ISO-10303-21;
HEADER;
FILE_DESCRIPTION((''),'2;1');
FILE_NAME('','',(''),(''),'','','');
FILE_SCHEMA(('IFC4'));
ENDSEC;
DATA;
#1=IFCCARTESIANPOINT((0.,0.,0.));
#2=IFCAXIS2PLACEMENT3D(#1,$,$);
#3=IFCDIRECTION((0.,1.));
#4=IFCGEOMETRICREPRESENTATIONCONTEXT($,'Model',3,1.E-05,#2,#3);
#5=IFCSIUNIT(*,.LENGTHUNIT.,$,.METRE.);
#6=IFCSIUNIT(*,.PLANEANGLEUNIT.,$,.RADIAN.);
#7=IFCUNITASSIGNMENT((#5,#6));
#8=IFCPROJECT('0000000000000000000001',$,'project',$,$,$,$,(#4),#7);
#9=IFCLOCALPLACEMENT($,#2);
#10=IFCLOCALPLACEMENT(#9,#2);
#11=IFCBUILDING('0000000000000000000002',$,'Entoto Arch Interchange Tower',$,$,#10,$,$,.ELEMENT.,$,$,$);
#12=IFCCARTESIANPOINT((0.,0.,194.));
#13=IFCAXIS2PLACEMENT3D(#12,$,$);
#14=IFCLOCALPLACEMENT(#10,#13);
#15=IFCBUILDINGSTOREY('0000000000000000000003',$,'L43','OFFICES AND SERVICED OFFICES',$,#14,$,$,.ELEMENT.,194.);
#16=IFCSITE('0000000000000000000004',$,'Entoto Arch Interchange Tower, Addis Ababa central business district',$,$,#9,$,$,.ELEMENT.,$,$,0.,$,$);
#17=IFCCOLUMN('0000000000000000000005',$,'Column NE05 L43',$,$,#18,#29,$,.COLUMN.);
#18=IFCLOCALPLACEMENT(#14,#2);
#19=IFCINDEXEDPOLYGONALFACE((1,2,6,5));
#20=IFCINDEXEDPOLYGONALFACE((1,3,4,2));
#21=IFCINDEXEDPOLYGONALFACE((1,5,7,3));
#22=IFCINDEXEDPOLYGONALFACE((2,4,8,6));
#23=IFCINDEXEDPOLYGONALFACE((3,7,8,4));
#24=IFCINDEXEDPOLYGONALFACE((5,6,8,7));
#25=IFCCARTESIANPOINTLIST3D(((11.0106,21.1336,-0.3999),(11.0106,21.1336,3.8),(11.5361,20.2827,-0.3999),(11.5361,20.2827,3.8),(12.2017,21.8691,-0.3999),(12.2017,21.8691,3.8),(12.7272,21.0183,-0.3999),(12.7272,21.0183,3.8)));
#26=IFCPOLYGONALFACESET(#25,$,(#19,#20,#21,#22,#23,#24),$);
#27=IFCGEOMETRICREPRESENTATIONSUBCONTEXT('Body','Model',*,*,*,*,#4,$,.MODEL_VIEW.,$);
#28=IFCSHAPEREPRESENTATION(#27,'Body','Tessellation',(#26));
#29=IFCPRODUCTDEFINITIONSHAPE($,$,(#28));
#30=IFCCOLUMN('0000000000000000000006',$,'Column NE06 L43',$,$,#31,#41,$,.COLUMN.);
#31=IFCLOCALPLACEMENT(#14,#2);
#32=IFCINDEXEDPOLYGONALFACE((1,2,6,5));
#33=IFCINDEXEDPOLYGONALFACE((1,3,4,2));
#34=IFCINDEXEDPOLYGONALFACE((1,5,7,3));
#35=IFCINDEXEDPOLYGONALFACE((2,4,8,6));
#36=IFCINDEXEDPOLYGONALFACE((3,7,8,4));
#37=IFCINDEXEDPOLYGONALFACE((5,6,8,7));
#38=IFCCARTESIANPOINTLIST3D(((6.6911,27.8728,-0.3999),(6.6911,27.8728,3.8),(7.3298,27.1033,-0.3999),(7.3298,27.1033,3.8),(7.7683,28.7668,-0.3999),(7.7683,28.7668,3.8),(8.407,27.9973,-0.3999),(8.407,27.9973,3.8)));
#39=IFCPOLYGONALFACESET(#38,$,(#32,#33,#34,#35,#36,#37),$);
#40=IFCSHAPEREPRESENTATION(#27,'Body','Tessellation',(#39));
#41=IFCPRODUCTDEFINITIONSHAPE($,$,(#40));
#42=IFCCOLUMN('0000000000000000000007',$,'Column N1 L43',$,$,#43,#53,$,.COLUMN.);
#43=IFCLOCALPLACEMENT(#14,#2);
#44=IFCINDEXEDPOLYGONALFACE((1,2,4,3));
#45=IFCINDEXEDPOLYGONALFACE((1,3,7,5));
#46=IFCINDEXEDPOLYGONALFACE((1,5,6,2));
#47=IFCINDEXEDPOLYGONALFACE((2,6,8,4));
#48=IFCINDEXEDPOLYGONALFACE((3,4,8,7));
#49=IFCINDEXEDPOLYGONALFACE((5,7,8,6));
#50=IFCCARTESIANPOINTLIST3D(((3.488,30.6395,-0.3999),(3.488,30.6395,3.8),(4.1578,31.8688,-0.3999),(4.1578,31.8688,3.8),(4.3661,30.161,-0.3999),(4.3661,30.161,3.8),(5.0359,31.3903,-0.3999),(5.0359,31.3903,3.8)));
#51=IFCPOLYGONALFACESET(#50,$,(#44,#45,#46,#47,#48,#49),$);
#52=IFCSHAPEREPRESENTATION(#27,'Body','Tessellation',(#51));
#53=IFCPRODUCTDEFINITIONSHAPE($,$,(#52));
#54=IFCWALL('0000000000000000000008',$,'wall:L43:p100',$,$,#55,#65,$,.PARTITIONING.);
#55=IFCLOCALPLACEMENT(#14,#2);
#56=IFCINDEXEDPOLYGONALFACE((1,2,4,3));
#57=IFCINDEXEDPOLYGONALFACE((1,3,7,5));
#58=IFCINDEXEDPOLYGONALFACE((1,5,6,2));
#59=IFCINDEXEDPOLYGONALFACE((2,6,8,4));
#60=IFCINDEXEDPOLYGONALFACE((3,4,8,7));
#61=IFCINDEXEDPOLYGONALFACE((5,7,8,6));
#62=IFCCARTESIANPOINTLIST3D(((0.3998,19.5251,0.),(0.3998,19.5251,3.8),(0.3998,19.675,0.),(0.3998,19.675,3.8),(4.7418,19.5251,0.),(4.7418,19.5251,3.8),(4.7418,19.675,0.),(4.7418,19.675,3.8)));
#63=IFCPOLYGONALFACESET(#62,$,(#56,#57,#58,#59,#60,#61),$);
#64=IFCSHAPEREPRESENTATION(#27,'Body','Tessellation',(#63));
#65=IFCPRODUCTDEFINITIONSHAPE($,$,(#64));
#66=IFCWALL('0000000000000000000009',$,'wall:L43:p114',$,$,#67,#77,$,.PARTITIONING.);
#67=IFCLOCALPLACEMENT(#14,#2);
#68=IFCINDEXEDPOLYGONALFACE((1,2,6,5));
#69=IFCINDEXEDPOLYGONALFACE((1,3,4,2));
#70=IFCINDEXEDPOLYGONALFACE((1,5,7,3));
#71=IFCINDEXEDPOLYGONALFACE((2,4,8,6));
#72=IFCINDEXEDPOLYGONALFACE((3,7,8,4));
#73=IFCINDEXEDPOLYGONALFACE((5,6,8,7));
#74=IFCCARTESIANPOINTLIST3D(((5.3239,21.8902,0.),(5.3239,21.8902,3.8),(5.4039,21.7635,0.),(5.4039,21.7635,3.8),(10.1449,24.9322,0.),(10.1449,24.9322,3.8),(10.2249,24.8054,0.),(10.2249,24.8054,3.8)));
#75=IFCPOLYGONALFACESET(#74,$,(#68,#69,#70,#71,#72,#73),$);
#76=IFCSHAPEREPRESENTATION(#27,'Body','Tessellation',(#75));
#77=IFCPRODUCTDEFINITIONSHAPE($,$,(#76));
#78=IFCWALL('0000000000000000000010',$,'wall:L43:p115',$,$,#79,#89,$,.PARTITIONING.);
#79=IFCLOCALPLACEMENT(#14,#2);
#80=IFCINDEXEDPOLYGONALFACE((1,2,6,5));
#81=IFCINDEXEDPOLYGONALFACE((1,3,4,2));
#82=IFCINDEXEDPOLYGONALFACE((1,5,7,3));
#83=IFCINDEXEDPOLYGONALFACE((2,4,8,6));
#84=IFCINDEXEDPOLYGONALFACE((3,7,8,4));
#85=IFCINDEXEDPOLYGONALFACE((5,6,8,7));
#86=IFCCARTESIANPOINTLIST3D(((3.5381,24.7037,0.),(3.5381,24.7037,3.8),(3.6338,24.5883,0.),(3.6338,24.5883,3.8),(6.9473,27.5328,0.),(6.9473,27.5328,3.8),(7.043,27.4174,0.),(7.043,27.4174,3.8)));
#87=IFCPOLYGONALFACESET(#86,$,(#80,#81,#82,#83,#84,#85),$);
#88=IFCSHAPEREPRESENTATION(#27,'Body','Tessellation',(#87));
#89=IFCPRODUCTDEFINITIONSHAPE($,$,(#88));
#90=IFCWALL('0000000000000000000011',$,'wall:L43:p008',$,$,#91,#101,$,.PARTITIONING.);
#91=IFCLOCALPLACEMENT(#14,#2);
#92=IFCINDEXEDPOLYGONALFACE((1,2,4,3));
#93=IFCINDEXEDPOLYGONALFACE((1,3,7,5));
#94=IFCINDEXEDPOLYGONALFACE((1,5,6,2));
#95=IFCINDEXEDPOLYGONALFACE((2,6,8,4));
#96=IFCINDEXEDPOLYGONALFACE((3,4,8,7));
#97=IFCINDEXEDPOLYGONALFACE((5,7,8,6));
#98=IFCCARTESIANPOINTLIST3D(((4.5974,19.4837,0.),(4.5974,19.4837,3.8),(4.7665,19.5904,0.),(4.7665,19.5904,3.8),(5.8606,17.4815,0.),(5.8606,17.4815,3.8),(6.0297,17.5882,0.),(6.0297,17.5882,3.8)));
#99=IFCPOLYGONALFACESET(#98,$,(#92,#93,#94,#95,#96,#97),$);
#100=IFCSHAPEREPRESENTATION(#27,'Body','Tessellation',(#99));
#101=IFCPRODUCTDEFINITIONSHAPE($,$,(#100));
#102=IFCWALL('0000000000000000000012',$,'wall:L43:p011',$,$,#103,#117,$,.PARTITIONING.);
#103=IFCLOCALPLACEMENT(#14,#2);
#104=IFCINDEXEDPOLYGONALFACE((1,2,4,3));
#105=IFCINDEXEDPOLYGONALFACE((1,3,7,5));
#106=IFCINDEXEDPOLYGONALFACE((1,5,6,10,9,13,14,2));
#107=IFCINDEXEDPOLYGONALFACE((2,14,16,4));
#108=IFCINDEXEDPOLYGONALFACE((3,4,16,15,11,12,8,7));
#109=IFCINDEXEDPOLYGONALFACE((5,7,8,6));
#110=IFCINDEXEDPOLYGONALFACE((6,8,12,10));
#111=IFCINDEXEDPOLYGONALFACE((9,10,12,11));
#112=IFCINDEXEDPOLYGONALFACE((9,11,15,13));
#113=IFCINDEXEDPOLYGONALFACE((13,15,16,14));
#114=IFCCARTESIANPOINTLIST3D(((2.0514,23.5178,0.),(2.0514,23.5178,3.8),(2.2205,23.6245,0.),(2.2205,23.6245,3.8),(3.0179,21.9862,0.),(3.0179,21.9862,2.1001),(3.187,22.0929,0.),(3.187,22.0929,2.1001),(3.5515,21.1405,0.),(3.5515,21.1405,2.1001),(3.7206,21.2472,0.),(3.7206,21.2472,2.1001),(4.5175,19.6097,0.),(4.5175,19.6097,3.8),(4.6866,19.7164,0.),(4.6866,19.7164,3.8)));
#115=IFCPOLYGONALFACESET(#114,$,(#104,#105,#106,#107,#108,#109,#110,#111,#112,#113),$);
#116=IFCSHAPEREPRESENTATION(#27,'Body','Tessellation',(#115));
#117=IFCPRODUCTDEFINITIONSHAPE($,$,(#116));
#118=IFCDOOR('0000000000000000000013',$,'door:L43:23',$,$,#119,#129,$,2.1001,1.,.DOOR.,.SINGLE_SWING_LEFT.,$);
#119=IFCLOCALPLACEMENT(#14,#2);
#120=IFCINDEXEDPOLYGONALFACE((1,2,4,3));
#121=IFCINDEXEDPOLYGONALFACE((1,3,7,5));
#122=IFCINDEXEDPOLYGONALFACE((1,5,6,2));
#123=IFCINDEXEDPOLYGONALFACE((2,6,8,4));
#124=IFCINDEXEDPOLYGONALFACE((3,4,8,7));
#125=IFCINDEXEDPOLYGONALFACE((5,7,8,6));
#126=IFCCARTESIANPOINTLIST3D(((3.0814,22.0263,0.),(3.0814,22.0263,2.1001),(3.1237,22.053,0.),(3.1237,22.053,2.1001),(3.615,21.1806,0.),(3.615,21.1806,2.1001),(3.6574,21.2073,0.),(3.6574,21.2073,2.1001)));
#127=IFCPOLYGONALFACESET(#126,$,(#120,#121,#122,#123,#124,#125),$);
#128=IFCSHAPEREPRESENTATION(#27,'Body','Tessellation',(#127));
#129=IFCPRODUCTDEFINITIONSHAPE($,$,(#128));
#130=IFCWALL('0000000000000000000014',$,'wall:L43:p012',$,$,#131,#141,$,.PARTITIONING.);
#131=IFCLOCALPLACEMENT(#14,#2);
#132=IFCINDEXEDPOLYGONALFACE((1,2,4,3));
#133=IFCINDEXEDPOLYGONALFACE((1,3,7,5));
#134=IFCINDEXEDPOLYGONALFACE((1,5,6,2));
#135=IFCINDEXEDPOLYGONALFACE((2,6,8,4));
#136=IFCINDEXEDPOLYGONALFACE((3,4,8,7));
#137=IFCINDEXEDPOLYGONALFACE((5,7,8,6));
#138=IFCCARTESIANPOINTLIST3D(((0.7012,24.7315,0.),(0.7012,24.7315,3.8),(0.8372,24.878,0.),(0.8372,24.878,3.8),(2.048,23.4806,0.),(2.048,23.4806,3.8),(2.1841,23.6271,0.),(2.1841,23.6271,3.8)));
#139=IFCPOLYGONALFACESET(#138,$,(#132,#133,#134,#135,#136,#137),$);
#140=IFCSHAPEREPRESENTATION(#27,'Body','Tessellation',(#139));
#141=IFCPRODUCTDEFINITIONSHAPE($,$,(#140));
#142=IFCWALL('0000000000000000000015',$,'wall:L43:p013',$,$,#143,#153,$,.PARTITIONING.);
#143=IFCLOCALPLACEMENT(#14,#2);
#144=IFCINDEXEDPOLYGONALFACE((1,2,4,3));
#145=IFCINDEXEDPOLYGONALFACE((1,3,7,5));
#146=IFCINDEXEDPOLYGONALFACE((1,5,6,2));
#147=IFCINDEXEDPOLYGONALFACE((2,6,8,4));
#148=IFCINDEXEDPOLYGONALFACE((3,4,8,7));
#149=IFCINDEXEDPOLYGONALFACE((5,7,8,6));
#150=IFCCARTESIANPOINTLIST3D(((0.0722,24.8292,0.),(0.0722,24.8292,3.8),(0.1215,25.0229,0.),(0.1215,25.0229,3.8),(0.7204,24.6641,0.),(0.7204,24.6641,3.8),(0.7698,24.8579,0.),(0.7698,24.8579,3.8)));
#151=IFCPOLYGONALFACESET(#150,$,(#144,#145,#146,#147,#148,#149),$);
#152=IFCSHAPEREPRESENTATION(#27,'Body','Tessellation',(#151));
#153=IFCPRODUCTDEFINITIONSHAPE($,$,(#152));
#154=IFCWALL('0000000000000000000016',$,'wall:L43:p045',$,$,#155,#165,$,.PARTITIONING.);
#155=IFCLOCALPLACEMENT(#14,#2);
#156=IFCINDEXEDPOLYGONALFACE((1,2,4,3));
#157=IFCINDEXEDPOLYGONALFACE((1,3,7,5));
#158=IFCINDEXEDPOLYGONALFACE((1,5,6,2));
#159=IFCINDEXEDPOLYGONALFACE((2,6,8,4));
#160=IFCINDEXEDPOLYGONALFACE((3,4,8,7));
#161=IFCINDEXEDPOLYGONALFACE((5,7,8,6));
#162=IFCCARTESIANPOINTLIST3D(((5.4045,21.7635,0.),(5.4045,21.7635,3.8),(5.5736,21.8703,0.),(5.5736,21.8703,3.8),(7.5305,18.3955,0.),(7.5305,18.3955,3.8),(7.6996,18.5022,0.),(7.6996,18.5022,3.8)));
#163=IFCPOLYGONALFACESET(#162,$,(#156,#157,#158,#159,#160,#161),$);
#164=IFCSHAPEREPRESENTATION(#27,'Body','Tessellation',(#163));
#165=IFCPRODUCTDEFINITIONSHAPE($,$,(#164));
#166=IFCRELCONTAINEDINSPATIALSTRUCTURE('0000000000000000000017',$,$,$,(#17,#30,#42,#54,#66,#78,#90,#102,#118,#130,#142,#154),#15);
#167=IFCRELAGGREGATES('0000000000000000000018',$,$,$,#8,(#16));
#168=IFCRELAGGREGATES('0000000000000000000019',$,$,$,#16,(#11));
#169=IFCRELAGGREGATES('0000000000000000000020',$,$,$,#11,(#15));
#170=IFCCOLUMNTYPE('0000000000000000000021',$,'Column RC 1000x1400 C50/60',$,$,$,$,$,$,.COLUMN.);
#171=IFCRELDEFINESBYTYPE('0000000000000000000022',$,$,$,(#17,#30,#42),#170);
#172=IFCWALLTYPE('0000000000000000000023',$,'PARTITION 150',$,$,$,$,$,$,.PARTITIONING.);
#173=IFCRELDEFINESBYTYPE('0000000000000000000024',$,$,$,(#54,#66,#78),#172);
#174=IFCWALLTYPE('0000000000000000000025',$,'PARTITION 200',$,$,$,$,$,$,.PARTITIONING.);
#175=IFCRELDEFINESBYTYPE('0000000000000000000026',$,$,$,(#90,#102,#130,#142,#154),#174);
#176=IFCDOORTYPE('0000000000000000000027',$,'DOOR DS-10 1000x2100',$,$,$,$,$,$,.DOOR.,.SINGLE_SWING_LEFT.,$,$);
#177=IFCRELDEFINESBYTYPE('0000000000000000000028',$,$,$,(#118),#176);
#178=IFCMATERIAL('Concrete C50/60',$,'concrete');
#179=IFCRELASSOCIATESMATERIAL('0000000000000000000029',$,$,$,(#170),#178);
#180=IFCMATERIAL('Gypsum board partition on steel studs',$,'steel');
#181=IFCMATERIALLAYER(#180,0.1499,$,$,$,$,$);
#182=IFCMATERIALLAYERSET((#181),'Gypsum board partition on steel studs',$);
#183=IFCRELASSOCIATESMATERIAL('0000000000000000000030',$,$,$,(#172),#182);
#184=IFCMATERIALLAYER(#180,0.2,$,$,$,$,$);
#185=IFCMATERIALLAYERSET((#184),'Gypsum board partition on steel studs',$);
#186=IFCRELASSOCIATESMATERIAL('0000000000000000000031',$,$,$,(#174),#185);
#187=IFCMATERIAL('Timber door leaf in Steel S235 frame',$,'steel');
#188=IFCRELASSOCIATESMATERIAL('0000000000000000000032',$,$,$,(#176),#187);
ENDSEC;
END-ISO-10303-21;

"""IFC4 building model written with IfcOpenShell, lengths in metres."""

from ifc_helpers import new_model, si_unit, direction, frame, frame_2d, origin, origin_2d, place, context, subcontext, project, spatial, rectangle, extrude, material, layer, layer_set, material_profile, profile_set, type_object, element, fill, save


model = new_model("IFC4")

# Units and contexts
model_context = context("Model", 3, precision=1e-05, world=origin(), true_north=direction((0.0, 1.0)))
body_context = subcontext(model_context, "Body", "Model", "MODEL_VIEW")
ifc_project = project(units=[si_unit("LENGTHUNIT", "METRE"), si_unit("PLANEANGLEUNIT", "RADIAN")], contexts=[model_context])

# Site, building, storey
site_placement = place(None, origin())
site = spatial("IfcSite", under=ifc_project, at=site_placement, Name="Entoto Arch Interchange Tower, Addis Ababa central business district", CompositionType="ELEMENT", RefElevation=0.0)
building_placement = place(site_placement, origin())
building = spatial("IfcBuilding", under=site, at=building_placement, Name="Entoto Arch Interchange Tower", CompositionType="ELEMENT")
storey_placement = place(building_placement, frame((0.0, 0.0, 194.0)))
storey = spatial("IfcBuildingStorey", under=building, at=storey_placement, Name="L43", Description="OFFICES AND SERVICED OFFICES", CompositionType="ELEMENT", Elevation=194.0)

# Columns
ifc_material_1 = material(Name="Concrete C50/60", Category="concrete")
ifc_material_profile = material_profile(ifc_material_1, rectangle(XDim=1.0, YDim=1.3999, at=origin_2d()))
ifc_profile_set = profile_set([ifc_material_profile], Name="Concrete C50/60")
column_type = type_object("IfcColumnType", Name="Column RC 1000x1400 C50/60", PredefinedType="COLUMN", material=ifc_profile_set)
for number, where, z_axis, x_axis, name in (
    (1, (11.8689, 21.0759, -0.3999), (0.0, 0.0, 1.0), (-0.525427, 0.850839, 0.0), "Column NE05 L43"),
    (2, (7.5491, 27.9351, -0.3999), (0.0, 0.0, 1.0), (-0.63866, 0.769489, 0.0), "Column NE06 L43"),
    (3, (4.262, 31.0149, -0.3999), (0.0, 0.0, 1.0), (-0.8781, 0.478477, 0.0), "Column N1 L43"),
):
    element("IfcColumn", number, at=place(storey_placement, frame(where, z_axis=z_axis, x_axis=x_axis)), inside=storey, type_object=column_type, Name=name, PredefinedType="COLUMN", context=body_context, shape_type="SweptSolid", body=[
        extrude(rectangle(XDim=1.0, YDim=1.3999, at=origin_2d()), origin(), (0.0, 0.0, 1.0), 4.2),
    ])

# Walls
ifc_material_2 = material(Name="Gypsum board partition on steel studs", Category="steel")
ifc_layer_1 = layer(ifc_material_2, 0.1499)
ifc_layer_set_1 = layer_set([ifc_layer_1], Name="Gypsum board partition on steel studs")
wall_type_1 = type_object("IfcWallType", Name="PARTITION 150", PredefinedType="PARTITIONING", material=ifc_layer_set_1)
wall_1_placement = place(storey_placement, frame((0.3999, 19.6001, 0.0), z_axis=(0.0, 0.0, 1.0), x_axis=(1.0, 0.0, 0.0)))
element("IfcWall", 4, at=wall_1_placement, inside=storey, type_object=wall_type_1, Name="wall:L43:p100", PredefinedType="PARTITIONING", context=body_context, shape_type="SweptSolid", body=[
    extrude(rectangle(XDim=4.342, YDim=0.1499, at=frame_2d((2.1709, 0.0))), origin(), (0.0, 0.0, 1.0), 3.8),
])
wall_2_placement = place(storey_placement, frame((5.364, 21.8269, 0.0), z_axis=(0.0, 0.0, 1.0), x_axis=(0.845717, 0.533632, 0.0)))
element("IfcWall", 5, at=wall_2_placement, inside=storey, type_object=wall_type_1, Name="wall:L43:p114", PredefinedType="PARTITIONING", context=body_context, shape_type="SweptSolid", body=[
    extrude(rectangle(XDim=5.7004, YDim=0.1499, at=frame_2d((2.8501, 0.0))), origin(), (0.0, 0.0, 1.0), 3.8),
])
wall_3_placement = place(storey_placement, frame((3.5859, 24.646, 0.0), z_axis=(0.0, 0.0, 1.0), x_axis=(0.769539, 0.6386, 0.0)))
element("IfcWall", 6, at=wall_3_placement, inside=storey, type_object=wall_type_1, Name="wall:L43:p115", PredefinedType="PARTITIONING", context=body_context, shape_type="SweptSolid", body=[
    extrude(rectangle(XDim=4.4302, YDim=0.1499, at=frame_2d((2.2151, 0.0))), origin(), (0.0, 0.0, 1.0), 3.8),
])
ifc_layer_2 = layer(ifc_material_2, 0.2)
ifc_layer_set_2 = layer_set([ifc_layer_2], Name="Gypsum board partition on steel studs")
wall_type_2 = type_object("IfcWallType", Name="PARTITION 200", PredefinedType="PARTITIONING", material=ifc_layer_set_2)
wall_4_placement = place(storey_placement, frame((5.9451, 17.5349, 0.0), z_axis=(0.0, 0.0, 1.0), x_axis=(-0.533582, 0.845749, 0.0)))
element("IfcWall", 7, at=wall_4_placement, inside=storey, type_object=wall_type_2, Name="wall:L43:p008", PredefinedType="PARTITIONING", context=body_context, shape_type="SweptSolid", body=[
    extrude(rectangle(XDim=2.3674, YDim=0.2, at=frame_2d((1.1836, 0.0))), origin(), (0.0, 0.0, 1.0), 3.8),
])

# Wall, opening, door
wall_5_placement = place(storey_placement, frame((4.6021, 19.6631, 0.0), z_axis=(0.0, 0.0, 1.0), x_axis=(-0.533665, 0.845696, 0.0)))
wall_5 = element("IfcWall", 8, at=wall_5_placement, inside=storey, type_object=wall_type_2, Name="wall:L43:p011", PredefinedType="PARTITIONING", context=body_context, shape_type="SweptSolid", body=[
    extrude(rectangle(XDim=4.6211, YDim=0.2, at=frame_2d((2.3105, 0.0))), origin(), (0.0, 0.0, 1.0), 3.8),
])
opening_1_placement = place(wall_5_placement, frame((1.8101, 0.0, 0.0)))
opening_1 = element("IfcOpeningElement", 9, at=opening_1_placement, cuts=wall_5, PredefinedType="OPENING", context=body_context, shape_type="SweptSolid", body=[
    extrude(rectangle(XDim=1.0, YDim=2.1001, at=frame_2d((0.5, 1.05))), frame((0.0, 0.1099, 0.0), z_axis=(0.0, -1.0, 0.0), x_axis=(1.0, 0.0, 0.0)), (0.0, 0.0, 1.0), 0.22),
])
ifc_material_3 = material(Name="Timber door leaf in Steel S235 frame", Category="steel")
door_type = type_object("IfcDoorType", Name="DOOR DS-10 1000x2100", OperationType="SINGLE_SWING_LEFT", PredefinedType="DOOR", material=ifc_material_3)
door_1_placement = place(opening_1_placement, origin())
door_1 = element("IfcDoor", 10, at=door_1_placement, inside=storey, type_object=door_type, Name="door:L43:23", OperationType="SINGLE_SWING_LEFT", OverallHeight=2.1001, OverallWidth=1.0, PredefinedType="DOOR", context=body_context, shape_type="SweptSolid", body=[
    extrude(rectangle(XDim=1.0, YDim=2.1001, at=frame_2d((0.5, 1.05))), frame((0.0, 0.0249, 0.0), z_axis=(0.0, -1.0, 0.0), x_axis=(1.0, 0.0, 0.0)), (0.0, 0.0, 1.0), 0.05),
])
fill(opening_1, door_1)

# Walls
wall_6_placement = place(storey_placement, frame((2.116, 23.554, 0.0), z_axis=(0.0, 0.0, 1.0), x_axis=(-0.732723, 0.680528, 0.0)))
element("IfcWall", 11, at=wall_6_placement, inside=storey, type_object=wall_type_2, Name="wall:L43:p012", PredefinedType="PARTITIONING", context=body_context, shape_type="SweptSolid", body=[
    extrude(rectangle(XDim=1.8381, YDim=0.2, at=frame_2d((0.9189, 0.0))), origin(), (0.0, 0.0, 1.0), 3.8),
])
wall_7_placement = place(storey_placement, frame((0.7451, 24.761, 0.0), z_axis=(0.0, 0.0, 1.0), x_axis=(-0.969081, 0.246742, 0.0)))
element("IfcWall", 12, at=wall_7_placement, inside=storey, type_object=wall_type_2, Name="wall:L43:p013", PredefinedType="PARTITIONING", context=body_context, shape_type="SweptSolid", body=[
    extrude(rectangle(XDim=0.6689, YDim=0.2, at=frame_2d((0.3345, 0.0))), origin(), (0.0, 0.0, 1.0), 3.8),
])
wall_8_placement = place(storey_placement, frame((5.489, 21.8169, 0.0), z_axis=(0.0, 0.0, 1.0), x_axis=(0.53379, -0.845617, 0.0)))
element("IfcWall", 13, at=wall_8_placement, inside=storey, type_object=wall_type_2, Name="wall:L43:p045", PredefinedType="PARTITIONING", context=body_context, shape_type="SweptSolid", body=[
    extrude(rectangle(XDim=3.9829, YDim=0.2, at=frame_2d((1.9915, 0.0))), origin(), (0.0, 0.0, 1.0), 3.8),
])

save(model, "model.ifc")
